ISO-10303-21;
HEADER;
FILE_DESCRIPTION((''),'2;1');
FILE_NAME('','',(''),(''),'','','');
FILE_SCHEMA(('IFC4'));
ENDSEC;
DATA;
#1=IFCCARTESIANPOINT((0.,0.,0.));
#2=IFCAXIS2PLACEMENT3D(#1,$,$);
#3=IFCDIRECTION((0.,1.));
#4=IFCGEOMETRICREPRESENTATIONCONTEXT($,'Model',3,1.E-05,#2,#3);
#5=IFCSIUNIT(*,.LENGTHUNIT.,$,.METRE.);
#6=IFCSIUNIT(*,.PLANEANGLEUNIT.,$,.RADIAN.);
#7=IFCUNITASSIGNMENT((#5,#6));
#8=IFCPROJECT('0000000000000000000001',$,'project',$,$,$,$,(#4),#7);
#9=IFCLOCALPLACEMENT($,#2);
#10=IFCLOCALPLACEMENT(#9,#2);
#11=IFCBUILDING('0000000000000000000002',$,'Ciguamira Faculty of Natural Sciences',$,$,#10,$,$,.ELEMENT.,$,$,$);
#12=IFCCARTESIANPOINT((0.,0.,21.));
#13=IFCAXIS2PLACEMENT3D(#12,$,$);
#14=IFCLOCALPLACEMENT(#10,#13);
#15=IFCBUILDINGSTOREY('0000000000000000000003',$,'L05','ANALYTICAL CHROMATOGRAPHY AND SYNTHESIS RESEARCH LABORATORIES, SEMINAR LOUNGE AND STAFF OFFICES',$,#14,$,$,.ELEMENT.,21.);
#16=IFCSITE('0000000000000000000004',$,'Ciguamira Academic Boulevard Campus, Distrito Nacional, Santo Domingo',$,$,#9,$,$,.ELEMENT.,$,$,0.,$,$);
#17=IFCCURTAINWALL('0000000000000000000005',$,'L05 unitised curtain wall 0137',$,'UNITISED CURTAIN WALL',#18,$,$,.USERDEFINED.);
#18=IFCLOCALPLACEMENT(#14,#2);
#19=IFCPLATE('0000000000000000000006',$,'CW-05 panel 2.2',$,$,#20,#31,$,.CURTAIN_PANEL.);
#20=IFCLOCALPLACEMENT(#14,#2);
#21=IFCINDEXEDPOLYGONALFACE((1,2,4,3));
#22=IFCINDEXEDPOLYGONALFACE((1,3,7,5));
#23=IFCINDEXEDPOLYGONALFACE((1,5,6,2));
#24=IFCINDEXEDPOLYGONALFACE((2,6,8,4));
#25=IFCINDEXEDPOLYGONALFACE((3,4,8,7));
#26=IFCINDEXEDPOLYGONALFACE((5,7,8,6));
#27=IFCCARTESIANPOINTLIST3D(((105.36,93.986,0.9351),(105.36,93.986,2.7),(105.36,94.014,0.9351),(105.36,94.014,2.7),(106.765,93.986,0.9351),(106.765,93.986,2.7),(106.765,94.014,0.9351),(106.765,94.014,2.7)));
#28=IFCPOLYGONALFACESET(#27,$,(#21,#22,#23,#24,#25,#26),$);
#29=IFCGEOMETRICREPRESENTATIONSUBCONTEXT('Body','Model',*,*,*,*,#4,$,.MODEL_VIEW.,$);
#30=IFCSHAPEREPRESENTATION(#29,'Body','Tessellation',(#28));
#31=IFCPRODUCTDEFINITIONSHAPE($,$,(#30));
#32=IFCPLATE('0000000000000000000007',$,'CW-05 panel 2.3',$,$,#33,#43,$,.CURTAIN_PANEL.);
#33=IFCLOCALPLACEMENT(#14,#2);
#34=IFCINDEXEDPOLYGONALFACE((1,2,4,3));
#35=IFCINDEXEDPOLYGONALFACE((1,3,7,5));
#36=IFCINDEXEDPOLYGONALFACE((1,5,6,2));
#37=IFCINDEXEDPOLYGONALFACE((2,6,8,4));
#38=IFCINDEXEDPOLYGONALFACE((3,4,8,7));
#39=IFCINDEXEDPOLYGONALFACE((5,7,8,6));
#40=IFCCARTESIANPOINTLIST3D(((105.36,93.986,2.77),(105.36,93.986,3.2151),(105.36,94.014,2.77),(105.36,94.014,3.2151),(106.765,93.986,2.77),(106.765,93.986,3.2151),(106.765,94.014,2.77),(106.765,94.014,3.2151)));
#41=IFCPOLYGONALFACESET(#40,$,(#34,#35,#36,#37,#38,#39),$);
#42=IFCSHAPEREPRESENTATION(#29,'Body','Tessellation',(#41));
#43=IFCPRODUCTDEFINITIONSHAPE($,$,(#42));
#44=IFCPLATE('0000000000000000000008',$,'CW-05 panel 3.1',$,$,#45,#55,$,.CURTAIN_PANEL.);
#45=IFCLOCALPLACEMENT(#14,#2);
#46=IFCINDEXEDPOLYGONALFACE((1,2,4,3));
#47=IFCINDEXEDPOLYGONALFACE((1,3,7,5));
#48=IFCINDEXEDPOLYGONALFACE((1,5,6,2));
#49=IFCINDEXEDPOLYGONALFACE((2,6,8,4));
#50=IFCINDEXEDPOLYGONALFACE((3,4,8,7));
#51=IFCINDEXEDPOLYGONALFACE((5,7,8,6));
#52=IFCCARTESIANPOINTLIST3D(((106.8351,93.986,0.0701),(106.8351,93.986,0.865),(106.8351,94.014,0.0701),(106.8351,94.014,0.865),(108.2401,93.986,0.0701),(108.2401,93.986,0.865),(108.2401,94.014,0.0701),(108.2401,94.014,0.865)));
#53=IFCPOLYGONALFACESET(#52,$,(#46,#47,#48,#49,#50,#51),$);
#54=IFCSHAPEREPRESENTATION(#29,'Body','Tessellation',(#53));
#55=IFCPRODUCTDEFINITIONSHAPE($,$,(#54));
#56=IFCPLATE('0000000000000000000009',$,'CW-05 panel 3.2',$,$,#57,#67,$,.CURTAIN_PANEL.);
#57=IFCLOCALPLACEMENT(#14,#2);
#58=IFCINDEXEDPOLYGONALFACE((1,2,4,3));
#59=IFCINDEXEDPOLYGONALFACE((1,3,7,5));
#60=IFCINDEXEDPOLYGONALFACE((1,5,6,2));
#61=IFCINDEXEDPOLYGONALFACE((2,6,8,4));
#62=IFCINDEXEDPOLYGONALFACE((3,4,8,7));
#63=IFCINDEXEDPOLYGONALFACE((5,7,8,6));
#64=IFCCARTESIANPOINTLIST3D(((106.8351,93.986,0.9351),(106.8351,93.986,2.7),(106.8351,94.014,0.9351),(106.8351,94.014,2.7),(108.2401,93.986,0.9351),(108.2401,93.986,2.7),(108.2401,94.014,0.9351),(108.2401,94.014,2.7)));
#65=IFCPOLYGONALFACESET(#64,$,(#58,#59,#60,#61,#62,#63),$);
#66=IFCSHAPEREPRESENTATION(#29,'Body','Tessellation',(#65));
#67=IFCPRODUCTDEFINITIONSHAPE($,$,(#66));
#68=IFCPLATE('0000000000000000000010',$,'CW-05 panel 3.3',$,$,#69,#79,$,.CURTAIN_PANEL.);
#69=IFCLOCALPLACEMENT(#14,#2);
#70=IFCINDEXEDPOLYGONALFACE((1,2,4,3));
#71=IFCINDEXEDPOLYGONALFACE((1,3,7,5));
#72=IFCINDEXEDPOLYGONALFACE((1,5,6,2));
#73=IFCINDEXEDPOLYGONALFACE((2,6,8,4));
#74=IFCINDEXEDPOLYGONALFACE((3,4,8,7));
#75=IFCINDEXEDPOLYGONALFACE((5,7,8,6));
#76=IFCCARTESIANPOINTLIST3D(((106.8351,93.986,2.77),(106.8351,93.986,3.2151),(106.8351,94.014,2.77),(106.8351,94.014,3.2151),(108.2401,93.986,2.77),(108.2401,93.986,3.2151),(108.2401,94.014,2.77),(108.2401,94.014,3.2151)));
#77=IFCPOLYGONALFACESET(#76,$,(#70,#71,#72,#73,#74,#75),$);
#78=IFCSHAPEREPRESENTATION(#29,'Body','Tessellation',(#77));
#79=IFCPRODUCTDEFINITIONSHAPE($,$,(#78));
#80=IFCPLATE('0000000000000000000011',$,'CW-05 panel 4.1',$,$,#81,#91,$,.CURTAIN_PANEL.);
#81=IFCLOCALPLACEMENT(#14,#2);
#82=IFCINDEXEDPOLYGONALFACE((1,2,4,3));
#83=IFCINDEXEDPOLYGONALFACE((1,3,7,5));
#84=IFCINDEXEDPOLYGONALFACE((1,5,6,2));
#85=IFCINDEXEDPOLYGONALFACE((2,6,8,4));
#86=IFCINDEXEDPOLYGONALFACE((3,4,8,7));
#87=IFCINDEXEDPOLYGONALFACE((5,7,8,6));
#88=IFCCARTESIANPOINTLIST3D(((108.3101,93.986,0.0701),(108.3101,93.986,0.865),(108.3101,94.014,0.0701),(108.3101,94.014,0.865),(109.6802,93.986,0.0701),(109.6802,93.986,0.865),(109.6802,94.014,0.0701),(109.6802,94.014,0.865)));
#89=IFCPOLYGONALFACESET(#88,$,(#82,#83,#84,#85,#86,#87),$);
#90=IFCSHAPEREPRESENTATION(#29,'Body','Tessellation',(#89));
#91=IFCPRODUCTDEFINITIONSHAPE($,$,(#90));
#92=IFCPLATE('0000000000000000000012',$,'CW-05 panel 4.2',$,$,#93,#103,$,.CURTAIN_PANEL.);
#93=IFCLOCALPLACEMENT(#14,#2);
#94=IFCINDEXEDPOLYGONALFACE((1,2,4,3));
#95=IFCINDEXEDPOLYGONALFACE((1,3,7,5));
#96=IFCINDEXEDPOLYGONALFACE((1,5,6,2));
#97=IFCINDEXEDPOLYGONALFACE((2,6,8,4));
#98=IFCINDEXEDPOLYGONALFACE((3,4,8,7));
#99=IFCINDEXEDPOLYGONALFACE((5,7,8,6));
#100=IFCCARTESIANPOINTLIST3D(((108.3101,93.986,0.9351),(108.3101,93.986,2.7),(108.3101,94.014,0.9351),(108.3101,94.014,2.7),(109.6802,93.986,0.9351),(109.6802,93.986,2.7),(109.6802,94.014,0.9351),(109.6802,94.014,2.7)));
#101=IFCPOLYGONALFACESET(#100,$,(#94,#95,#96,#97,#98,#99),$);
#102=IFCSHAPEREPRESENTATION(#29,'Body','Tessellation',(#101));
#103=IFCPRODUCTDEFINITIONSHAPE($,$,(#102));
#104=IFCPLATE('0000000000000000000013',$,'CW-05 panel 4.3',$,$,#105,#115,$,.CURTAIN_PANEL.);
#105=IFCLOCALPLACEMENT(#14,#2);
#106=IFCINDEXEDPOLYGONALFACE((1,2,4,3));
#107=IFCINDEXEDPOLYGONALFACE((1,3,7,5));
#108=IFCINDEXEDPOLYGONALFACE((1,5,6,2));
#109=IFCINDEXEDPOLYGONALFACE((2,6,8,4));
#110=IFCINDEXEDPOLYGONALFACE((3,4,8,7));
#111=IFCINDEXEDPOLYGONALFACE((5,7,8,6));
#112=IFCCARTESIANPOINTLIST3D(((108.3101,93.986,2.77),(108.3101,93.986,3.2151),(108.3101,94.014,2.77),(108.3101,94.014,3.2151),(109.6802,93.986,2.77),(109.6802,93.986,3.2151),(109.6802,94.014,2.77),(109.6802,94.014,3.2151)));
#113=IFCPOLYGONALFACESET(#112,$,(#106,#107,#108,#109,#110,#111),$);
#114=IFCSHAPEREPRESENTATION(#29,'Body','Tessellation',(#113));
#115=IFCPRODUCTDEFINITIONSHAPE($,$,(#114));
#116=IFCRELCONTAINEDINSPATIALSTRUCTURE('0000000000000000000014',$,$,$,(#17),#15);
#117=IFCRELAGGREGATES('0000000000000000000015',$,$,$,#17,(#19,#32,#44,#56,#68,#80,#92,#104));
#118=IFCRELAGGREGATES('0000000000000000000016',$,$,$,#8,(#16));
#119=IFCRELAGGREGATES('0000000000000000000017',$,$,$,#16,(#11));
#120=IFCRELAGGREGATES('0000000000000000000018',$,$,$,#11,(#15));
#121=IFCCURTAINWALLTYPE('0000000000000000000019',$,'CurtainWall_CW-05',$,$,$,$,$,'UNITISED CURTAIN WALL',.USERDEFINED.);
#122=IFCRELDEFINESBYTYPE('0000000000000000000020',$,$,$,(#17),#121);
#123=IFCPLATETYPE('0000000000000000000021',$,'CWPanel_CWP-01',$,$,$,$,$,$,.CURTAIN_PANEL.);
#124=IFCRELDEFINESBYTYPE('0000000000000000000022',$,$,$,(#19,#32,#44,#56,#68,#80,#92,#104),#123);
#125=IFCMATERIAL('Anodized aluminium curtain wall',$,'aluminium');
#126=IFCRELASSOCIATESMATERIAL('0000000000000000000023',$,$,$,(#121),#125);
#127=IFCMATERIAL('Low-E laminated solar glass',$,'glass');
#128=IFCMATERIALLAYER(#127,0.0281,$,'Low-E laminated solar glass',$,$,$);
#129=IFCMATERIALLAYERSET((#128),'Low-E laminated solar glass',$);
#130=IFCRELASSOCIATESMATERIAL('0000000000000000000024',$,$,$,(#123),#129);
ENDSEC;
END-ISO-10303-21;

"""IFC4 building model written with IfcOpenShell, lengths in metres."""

from ifc_helpers import new_model, si_unit, direction, frame, origin, origin_2d, place, context, subcontext, project, spatial, rectangle, extrude, material, layer, layer_set, type_object, element, aggregate, save


model = new_model("IFC4")

# Units and contexts
model_context = context("Model", 3, precision=1e-05, world=origin(), true_north=direction((0.0, 1.0)))
body_context = subcontext(model_context, "Body", "Model", "MODEL_VIEW")
ifc_project = project(units=[si_unit("LENGTHUNIT", "METRE"), si_unit("PLANEANGLEUNIT", "RADIAN")], contexts=[model_context])

# Site, building, storey
site_placement = place(None, origin())
site = spatial("IfcSite", under=ifc_project, at=site_placement, Name="Ciguamira Academic Boulevard Campus, Distrito Nacional, Santo Domingo", CompositionType="ELEMENT", RefElevation=0.0)
building_placement = place(site_placement, origin())
building = spatial("IfcBuilding", under=site, at=building_placement, Name="Ciguamira Faculty of Natural Sciences", CompositionType="ELEMENT")
storey_placement = place(building_placement, frame((0.0, 0.0, 21.0)))
storey = spatial("IfcBuildingStorey", under=building, at=storey_placement, Name="L05", Description="ANALYTICAL CHROMATOGRAPHY AND SYNTHESIS RESEARCH LABORATORIES, SEMINAR LOUNGE AND STAFF OFFICES", CompositionType="ELEMENT", Elevation=21.0)

# Curtain wall
ifc_material_1 = material(Name="Anodized aluminium curtain wall", Category="aluminium")
curtain_wall_type = type_object("IfcCurtainWallType", Name="CurtainWall_CW-05", ElementType="UNITISED CURTAIN WALL", PredefinedType="USERDEFINED", material=ifc_material_1)
curtain_wall_placement = place(storey_placement, origin())
curtain_wall = element("IfcCurtainWall", 1, at=curtain_wall_placement, inside=storey, type_object=curtain_wall_type, Name="L05 unitised curtain wall 0137", ObjectType="UNITISED CURTAIN WALL", PredefinedType="USERDEFINED")

# Plates
ifc_material_2 = material(Name="Low-E laminated solar glass", Category="glass")
ifc_layer = layer(ifc_material_2, 0.0281, Name="Low-E laminated solar glass")
ifc_layer_set = layer_set([ifc_layer], Name="Low-E laminated solar glass")
plate_type = type_object("IfcPlateType", Name="CWPanel_CWP-01", PredefinedType="CURTAIN_PANEL", material=ifc_layer_set)
plate_1_placement = place(storey_placement, frame((106.0625, 94.0, 0.9351), z_axis=(0.0, 0.0, 1.0), x_axis=(1.0, 0.0, 0.0)))
plate_1 = element("IfcPlate", 2, at=plate_1_placement, type_object=plate_type, Name="CW-05 panel 2.2", PredefinedType="CURTAIN_PANEL", context=body_context, shape_type="SweptSolid", body=[
    extrude(rectangle(XDim=1.405, YDim=0.0281, at=origin_2d()), origin(), (0.0, 0.0, 1.0), 1.7649),
])
plate_2_placement = place(storey_placement, frame((106.0625, 94.0, 2.77), z_axis=(0.0, 0.0, 1.0), x_axis=(1.0, 0.0, 0.0)))
plate_2 = element("IfcPlate", 3, at=plate_2_placement, type_object=plate_type, Name="CW-05 panel 2.3", PredefinedType="CURTAIN_PANEL", context=body_context, shape_type="SweptSolid", body=[
    extrude(rectangle(XDim=1.405, YDim=0.0281, at=origin_2d()), origin(), (0.0, 0.0, 1.0), 0.4451),
])
plate_3_placement = place(storey_placement, frame((107.5376, 94.0, 0.0701), z_axis=(0.0, 0.0, 1.0), x_axis=(1.0, 0.0, 0.0)))
plate_3 = element("IfcPlate", 4, at=plate_3_placement, type_object=plate_type, Name="CW-05 panel 3.1", PredefinedType="CURTAIN_PANEL", context=body_context, shape_type="SweptSolid", body=[
    extrude(rectangle(XDim=1.405, YDim=0.0281, at=origin_2d()), origin(), (0.0, 0.0, 1.0), 0.7949),
])
plate_4_placement = place(storey_placement, frame((107.5376, 94.0, 0.9351), z_axis=(0.0, 0.0, 1.0), x_axis=(1.0, 0.0, 0.0)))
plate_4 = element("IfcPlate", 5, at=plate_4_placement, type_object=plate_type, Name="CW-05 panel 3.2", PredefinedType="CURTAIN_PANEL", context=body_context, shape_type="SweptSolid", body=[
    extrude(rectangle(XDim=1.405, YDim=0.0281, at=origin_2d()), origin(), (0.0, 0.0, 1.0), 1.7649),
])
plate_5_placement = place(storey_placement, frame((107.5376, 94.0, 2.77), z_axis=(0.0, 0.0, 1.0), x_axis=(1.0, 0.0, 0.0)))
plate_5 = element("IfcPlate", 6, at=plate_5_placement, type_object=plate_type, Name="CW-05 panel 3.3", PredefinedType="CURTAIN_PANEL", context=body_context, shape_type="SweptSolid", body=[
    extrude(rectangle(XDim=1.405, YDim=0.0281, at=origin_2d()), origin(), (0.0, 0.0, 1.0), 0.4451),
])
plate_6_placement = place(storey_placement, frame((108.9951, 94.0, 0.0701), z_axis=(0.0, 0.0, 1.0), x_axis=(1.0, 0.0, 0.0)))
plate_6 = element("IfcPlate", 7, at=plate_6_placement, type_object=plate_type, Name="CW-05 panel 4.1", PredefinedType="CURTAIN_PANEL", context=body_context, shape_type="SweptSolid", body=[
    extrude(rectangle(XDim=1.3701, YDim=0.0281, at=origin_2d()), origin(), (0.0, 0.0, 1.0), 0.7949),
])
plate_7_placement = place(storey_placement, frame((108.9951, 94.0, 0.9351), z_axis=(0.0, 0.0, 1.0), x_axis=(1.0, 0.0, 0.0)))
plate_7 = element("IfcPlate", 8, at=plate_7_placement, type_object=plate_type, Name="CW-05 panel 4.2", PredefinedType="CURTAIN_PANEL", context=body_context, shape_type="SweptSolid", body=[
    extrude(rectangle(XDim=1.3701, YDim=0.0281, at=origin_2d()), origin(), (0.0, 0.0, 1.0), 1.7649),
])
plate_8_placement = place(storey_placement, frame((108.9951, 94.0, 2.77), z_axis=(0.0, 0.0, 1.0), x_axis=(1.0, 0.0, 0.0)))
plate_8 = element("IfcPlate", 9, at=plate_8_placement, type_object=plate_type, Name="CW-05 panel 4.3", PredefinedType="CURTAIN_PANEL", context=body_context, shape_type="SweptSolid", body=[
    extrude(rectangle(XDim=1.3701, YDim=0.0281, at=origin_2d()), origin(), (0.0, 0.0, 1.0), 0.4451),
])
aggregate(curtain_wall, [plate_1, plate_2, plate_3, plate_4, plate_5, plate_6, plate_7, plate_8])

save(model, "model.ifc")
